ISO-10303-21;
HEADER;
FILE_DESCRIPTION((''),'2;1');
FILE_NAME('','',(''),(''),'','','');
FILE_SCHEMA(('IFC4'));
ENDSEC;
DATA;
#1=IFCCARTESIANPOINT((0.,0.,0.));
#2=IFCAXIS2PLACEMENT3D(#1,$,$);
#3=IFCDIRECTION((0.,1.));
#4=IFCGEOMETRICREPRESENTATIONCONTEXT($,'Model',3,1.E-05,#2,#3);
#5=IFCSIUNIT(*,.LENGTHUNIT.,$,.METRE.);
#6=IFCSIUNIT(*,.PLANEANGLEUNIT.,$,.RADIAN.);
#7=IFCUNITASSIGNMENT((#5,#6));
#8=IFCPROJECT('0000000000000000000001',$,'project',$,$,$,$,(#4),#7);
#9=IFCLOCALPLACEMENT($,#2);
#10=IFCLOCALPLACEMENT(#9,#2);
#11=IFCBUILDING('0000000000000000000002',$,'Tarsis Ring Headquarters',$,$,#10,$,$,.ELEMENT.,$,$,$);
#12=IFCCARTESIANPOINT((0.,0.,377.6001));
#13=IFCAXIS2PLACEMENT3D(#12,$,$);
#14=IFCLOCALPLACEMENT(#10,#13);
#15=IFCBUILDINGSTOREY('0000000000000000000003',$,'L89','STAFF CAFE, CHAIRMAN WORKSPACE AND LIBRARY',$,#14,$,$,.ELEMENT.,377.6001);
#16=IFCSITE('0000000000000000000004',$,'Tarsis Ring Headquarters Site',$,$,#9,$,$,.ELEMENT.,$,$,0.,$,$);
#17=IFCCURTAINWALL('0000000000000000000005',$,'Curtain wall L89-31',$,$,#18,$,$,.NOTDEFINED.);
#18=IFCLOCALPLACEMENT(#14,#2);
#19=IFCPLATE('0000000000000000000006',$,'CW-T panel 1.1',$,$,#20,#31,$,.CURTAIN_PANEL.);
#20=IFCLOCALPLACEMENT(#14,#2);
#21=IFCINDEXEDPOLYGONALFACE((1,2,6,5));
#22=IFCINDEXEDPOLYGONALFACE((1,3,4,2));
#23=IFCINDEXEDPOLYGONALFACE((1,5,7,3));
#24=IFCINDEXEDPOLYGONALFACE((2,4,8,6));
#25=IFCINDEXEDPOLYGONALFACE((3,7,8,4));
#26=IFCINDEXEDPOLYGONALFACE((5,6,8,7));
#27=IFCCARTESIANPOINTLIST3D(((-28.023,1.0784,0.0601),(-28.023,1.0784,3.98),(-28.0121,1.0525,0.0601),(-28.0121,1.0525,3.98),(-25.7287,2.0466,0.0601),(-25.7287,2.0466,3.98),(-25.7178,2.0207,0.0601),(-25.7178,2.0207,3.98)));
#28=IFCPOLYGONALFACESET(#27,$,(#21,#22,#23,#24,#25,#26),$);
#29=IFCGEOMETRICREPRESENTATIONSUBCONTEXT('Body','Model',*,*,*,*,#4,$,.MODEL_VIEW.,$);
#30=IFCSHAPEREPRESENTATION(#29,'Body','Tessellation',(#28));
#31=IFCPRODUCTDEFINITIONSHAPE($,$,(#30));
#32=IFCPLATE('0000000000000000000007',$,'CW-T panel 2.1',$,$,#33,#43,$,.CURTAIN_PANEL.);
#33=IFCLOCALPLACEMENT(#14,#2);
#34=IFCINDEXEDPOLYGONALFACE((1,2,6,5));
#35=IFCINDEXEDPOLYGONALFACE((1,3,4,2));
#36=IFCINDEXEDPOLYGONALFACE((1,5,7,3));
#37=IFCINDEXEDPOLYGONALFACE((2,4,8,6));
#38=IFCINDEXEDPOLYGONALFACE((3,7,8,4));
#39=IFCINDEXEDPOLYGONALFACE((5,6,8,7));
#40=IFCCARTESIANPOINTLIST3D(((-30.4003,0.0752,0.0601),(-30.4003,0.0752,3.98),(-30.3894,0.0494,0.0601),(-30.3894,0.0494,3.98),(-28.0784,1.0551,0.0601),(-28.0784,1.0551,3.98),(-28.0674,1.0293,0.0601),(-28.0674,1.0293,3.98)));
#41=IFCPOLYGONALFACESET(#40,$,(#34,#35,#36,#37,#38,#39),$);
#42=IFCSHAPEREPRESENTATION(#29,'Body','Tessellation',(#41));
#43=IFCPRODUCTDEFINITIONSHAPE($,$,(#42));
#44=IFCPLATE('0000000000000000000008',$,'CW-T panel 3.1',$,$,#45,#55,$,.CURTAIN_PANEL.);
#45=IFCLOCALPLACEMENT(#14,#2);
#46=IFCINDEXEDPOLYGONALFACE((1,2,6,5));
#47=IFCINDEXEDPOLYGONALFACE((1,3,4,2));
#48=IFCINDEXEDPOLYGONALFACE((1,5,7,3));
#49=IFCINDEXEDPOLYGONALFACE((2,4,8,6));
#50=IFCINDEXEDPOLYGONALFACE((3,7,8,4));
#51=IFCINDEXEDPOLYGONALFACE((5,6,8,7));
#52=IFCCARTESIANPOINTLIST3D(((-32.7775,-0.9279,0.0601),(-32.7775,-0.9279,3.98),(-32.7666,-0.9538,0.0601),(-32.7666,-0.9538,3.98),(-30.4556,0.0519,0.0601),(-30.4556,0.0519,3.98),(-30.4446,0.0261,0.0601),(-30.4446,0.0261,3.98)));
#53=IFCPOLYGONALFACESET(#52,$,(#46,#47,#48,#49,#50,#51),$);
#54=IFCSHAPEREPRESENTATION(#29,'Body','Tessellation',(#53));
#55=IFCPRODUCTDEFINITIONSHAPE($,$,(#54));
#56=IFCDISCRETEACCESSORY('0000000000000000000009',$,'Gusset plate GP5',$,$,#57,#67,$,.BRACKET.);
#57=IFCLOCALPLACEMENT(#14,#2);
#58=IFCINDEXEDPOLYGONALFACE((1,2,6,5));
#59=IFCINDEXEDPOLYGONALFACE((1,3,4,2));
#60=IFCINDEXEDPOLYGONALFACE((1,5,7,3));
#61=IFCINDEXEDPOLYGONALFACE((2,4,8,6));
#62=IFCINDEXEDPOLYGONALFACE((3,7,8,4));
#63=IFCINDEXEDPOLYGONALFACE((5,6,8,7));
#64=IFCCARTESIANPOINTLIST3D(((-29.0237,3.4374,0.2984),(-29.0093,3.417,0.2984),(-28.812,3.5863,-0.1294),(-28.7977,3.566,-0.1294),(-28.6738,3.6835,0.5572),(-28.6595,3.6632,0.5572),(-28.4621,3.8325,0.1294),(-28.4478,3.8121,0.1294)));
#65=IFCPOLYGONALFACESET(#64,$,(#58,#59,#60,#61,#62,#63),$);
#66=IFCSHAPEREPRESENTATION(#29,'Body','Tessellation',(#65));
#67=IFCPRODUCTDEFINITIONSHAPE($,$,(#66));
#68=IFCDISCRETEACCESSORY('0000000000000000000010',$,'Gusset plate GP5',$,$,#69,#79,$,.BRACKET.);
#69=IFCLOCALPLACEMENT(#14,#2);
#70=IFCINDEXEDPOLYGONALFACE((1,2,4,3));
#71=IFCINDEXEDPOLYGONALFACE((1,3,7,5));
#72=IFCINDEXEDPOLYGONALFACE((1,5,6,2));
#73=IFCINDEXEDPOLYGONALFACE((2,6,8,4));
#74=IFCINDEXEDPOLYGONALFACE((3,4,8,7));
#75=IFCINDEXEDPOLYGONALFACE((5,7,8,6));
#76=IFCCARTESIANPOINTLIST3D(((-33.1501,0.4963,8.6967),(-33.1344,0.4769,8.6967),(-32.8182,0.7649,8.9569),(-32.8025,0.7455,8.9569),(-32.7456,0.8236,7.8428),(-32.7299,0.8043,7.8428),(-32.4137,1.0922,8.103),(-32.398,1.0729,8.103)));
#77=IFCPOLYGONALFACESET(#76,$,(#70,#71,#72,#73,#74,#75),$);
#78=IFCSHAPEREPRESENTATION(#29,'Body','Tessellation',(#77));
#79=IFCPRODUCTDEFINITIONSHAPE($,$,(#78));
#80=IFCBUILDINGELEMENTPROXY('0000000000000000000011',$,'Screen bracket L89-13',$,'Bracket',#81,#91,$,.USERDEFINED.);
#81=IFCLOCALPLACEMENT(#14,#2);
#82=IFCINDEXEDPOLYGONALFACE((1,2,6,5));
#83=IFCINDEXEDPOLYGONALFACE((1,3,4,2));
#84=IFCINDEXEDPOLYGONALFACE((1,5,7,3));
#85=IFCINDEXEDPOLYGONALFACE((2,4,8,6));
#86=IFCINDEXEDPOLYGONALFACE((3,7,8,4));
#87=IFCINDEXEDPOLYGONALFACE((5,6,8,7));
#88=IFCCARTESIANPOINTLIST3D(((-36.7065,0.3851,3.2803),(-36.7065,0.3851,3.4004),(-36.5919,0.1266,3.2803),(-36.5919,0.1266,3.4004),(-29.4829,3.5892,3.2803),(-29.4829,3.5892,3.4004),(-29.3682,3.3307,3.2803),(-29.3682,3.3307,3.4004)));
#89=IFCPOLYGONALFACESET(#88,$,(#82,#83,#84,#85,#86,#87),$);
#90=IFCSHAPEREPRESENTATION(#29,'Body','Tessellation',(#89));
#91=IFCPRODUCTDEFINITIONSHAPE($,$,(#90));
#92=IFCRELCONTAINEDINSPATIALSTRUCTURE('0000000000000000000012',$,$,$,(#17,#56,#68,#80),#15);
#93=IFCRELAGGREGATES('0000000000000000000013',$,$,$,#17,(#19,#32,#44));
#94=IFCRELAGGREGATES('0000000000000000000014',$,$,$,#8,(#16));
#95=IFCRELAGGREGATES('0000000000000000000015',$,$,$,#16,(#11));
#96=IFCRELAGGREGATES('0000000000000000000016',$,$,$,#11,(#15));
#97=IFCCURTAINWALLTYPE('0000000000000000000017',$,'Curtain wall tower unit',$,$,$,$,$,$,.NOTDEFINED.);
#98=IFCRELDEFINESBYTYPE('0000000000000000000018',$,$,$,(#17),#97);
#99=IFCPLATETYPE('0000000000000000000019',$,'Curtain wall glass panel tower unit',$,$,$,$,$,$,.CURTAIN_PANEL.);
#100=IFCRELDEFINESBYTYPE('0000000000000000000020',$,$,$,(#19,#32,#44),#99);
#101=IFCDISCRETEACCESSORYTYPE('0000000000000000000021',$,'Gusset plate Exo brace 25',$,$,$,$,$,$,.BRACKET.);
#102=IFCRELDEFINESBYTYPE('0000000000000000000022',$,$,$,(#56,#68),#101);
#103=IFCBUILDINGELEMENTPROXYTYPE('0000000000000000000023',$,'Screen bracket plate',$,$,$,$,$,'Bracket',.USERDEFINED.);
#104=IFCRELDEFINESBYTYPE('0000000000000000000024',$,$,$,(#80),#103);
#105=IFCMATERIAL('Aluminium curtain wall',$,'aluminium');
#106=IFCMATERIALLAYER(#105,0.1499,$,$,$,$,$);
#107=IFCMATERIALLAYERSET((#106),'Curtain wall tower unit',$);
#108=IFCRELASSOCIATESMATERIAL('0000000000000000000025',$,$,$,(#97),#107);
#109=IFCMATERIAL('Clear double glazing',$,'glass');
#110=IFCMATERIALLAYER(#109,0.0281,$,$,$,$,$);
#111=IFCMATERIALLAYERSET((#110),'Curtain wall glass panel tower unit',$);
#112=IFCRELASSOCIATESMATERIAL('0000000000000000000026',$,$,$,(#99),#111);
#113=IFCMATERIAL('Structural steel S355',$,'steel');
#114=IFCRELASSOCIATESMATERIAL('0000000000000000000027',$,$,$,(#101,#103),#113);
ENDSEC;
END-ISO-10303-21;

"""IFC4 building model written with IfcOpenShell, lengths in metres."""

from ifc_helpers import new_model, si_unit, direction, frame, origin, origin_2d, place, context, subcontext, project, spatial, rectangle, extrude, material, layer, layer_set, material_profile, profile_set, type_object, element, aggregate, save


model = new_model("IFC4")

# Units and contexts
model_context = context("Model", 3, precision=1e-05, world=origin(), true_north=direction((0.0, 1.0)))
body_context = subcontext(model_context, "Body", "Model", "MODEL_VIEW")
ifc_project = project(units=[si_unit("LENGTHUNIT", "METRE"), si_unit("PLANEANGLEUNIT", "RADIAN")], contexts=[model_context])

# Site, building, storey
site_placement = place(None, origin())
site = spatial("IfcSite", under=ifc_project, at=site_placement, Name="Tarsis Ring Headquarters Site", CompositionType="ELEMENT", RefElevation=0.0)
building_placement = place(site_placement, origin())
building = spatial("IfcBuilding", under=site, at=building_placement, Name="Tarsis Ring Headquarters", CompositionType="ELEMENT")
storey_placement = place(building_placement, frame((0.0, 0.0, 377.6001)))
storey = spatial("IfcBuildingStorey", under=building, at=storey_placement, Name="L89", Description="STAFF CAFE, CHAIRMAN WORKSPACE AND LIBRARY", CompositionType="ELEMENT", Elevation=377.6001)

# Shared definitions
ifc_material_1 = material(Name="Structural steel S355", Category="steel")

# Curtain wall
ifc_material_2 = material(Name="Aluminium curtain wall", Category="aluminium")
ifc_layer_1 = layer(ifc_material_2, 0.1499)
ifc_layer_set_1 = layer_set([ifc_layer_1], Name="Curtain wall tower unit")
curtain_wall_type = type_object("IfcCurtainWallType", Name="Curtain wall tower unit", PredefinedType="NOTDEFINED", material=ifc_layer_set_1)
curtain_wall_placement = place(storey_placement, origin())
curtain_wall = element("IfcCurtainWall", 1, at=curtain_wall_placement, inside=storey, type_object=curtain_wall_type, Name="Curtain wall L89-31", PredefinedType="NOTDEFINED")

# Plates
ifc_material_3 = material(Name="Clear double glazing", Category="glass")
ifc_layer_2 = layer(ifc_material_3, 0.0281)
ifc_layer_set_2 = layer_set([ifc_layer_2], Name="Curtain wall glass panel tower unit")
plate_type = type_object("IfcPlateType", Name="Curtain wall glass panel tower unit", PredefinedType="CURTAIN_PANEL", material=ifc_layer_set_2)
plate_1_placement = place(storey_placement, frame((-26.8704, 1.5496, 0.0601), z_axis=(0.0, 0.0, 1.0), x_axis=(-0.921321, -0.388802, 0.0)))
plate_1 = element("IfcPlate", 2, at=plate_1_placement, type_object=plate_type, Name="CW-T panel 1.1", PredefinedType="CURTAIN_PANEL", context=body_context, shape_type="SweptSolid", body=[
    extrude(rectangle(XDim=2.4902, YDim=0.0281, at=origin_2d()), origin(), (0.0, 0.0, 1.0), 3.9199),
])
plate_2_placement = place(storey_placement, frame((-29.2339, 0.5522, 0.0601), z_axis=(0.0, 0.0, 1.0), x_axis=(-0.921321, -0.388802, 0.0)))
plate_2 = element("IfcPlate", 3, at=plate_2_placement, type_object=plate_type, Name="CW-T panel 2.1", PredefinedType="CURTAIN_PANEL", context=body_context, shape_type="SweptSolid", body=[
    extrude(rectangle(XDim=2.5203, YDim=0.0281, at=origin_2d()), origin(), (0.0, 0.0, 1.0), 3.9199),
])
plate_3_placement = place(storey_placement, frame((-31.6111, -0.4509, 0.0601), z_axis=(0.0, 0.0, 1.0), x_axis=(-0.921321, -0.388802, 0.0)))
plate_3 = element("IfcPlate", 4, at=plate_3_placement, type_object=plate_type, Name="CW-T panel 3.1", PredefinedType="CURTAIN_PANEL", context=body_context, shape_type="SweptSolid", body=[
    extrude(rectangle(XDim=2.5203, YDim=0.0281, at=origin_2d()), origin(), (0.0, 0.0, 1.0), 3.9199),
])
aggregate(curtain_wall, [plate_1, plate_2, plate_3])

# Discrete accessories
ifc_material_profile_1 = material_profile(ifc_material_1, rectangle(XDim=0.0249, YDim=0.5, at=origin_2d()), Name="PL 25x500")
ifc_profile_set_1 = profile_set([ifc_material_profile_1], Name="Structural steel S355")
discrete_accessory_type = type_object("IfcDiscreteAccessoryType", Name="Gusset plate Exo brace 25", PredefinedType="BRACKET", material=ifc_profile_set_1)
discrete_accessory_1_placement = place(storey_placement, frame((-28.6299, 3.6992, 0.0), z_axis=(-0.423391, -0.297887, 0.855572), x_axis=(0.575423, -0.817856, 0.0)))
element("IfcDiscreteAccessory", 5, at=discrete_accessory_1_placement, inside=storey, type_object=discrete_accessory_type, Name="Gusset plate GP5", PredefinedType="BRACKET", context=body_context, shape_type="SweptSolid", body=[
    extrude(rectangle(XDim=0.0249, YDim=0.5, at=origin_2d()), origin(), (0.0, 0.0, 1.0), 0.5),
])
discrete_accessory_2_placement = place(storey_placement, frame((-32.5718, 0.9482, 7.9729), z_axis=(-0.404508, -0.327366, 0.853935), x_axis=(0.62909, -0.777332, 0.0)))
element("IfcDiscreteAccessory", 6, at=discrete_accessory_2_placement, inside=storey, type_object=discrete_accessory_type, Name="Gusset plate GP5", PredefinedType="BRACKET", context=body_context, shape_type="SweptSolid", body=[
    extrude(rectangle(XDim=0.0249, YDim=0.5, at=origin_2d()), origin(), (0.0, 0.0, 1.0), 1.0),
])

# Building element proxy
building_element_proxy_type = type_object("IfcBuildingElementProxyType", Name="Screen bracket plate", ElementType="Bracket", PredefinedType="USERDEFINED", material=ifc_material_1)
proxy_placement = place(storey_placement, frame((-33.0374, 1.8579, 3.2803), z_axis=(0.0, 0.0, 1.0), x_axis=(-0.914112, -0.405461, 0.0)))
element("IfcBuildingElementProxy", 7, at=proxy_placement, inside=storey, type_object=building_element_proxy_type, Name="Screen bracket L89-13", ObjectType="Bracket", PredefinedType="USERDEFINED", context=body_context, shape_type="SweptSolid", body=[
    extrude(rectangle(XDim=7.9023, YDim=0.2827, at=origin_2d()), origin(), (0.0, 0.0, 1.0), 0.1201),
])

save(model, "model.ifc")
